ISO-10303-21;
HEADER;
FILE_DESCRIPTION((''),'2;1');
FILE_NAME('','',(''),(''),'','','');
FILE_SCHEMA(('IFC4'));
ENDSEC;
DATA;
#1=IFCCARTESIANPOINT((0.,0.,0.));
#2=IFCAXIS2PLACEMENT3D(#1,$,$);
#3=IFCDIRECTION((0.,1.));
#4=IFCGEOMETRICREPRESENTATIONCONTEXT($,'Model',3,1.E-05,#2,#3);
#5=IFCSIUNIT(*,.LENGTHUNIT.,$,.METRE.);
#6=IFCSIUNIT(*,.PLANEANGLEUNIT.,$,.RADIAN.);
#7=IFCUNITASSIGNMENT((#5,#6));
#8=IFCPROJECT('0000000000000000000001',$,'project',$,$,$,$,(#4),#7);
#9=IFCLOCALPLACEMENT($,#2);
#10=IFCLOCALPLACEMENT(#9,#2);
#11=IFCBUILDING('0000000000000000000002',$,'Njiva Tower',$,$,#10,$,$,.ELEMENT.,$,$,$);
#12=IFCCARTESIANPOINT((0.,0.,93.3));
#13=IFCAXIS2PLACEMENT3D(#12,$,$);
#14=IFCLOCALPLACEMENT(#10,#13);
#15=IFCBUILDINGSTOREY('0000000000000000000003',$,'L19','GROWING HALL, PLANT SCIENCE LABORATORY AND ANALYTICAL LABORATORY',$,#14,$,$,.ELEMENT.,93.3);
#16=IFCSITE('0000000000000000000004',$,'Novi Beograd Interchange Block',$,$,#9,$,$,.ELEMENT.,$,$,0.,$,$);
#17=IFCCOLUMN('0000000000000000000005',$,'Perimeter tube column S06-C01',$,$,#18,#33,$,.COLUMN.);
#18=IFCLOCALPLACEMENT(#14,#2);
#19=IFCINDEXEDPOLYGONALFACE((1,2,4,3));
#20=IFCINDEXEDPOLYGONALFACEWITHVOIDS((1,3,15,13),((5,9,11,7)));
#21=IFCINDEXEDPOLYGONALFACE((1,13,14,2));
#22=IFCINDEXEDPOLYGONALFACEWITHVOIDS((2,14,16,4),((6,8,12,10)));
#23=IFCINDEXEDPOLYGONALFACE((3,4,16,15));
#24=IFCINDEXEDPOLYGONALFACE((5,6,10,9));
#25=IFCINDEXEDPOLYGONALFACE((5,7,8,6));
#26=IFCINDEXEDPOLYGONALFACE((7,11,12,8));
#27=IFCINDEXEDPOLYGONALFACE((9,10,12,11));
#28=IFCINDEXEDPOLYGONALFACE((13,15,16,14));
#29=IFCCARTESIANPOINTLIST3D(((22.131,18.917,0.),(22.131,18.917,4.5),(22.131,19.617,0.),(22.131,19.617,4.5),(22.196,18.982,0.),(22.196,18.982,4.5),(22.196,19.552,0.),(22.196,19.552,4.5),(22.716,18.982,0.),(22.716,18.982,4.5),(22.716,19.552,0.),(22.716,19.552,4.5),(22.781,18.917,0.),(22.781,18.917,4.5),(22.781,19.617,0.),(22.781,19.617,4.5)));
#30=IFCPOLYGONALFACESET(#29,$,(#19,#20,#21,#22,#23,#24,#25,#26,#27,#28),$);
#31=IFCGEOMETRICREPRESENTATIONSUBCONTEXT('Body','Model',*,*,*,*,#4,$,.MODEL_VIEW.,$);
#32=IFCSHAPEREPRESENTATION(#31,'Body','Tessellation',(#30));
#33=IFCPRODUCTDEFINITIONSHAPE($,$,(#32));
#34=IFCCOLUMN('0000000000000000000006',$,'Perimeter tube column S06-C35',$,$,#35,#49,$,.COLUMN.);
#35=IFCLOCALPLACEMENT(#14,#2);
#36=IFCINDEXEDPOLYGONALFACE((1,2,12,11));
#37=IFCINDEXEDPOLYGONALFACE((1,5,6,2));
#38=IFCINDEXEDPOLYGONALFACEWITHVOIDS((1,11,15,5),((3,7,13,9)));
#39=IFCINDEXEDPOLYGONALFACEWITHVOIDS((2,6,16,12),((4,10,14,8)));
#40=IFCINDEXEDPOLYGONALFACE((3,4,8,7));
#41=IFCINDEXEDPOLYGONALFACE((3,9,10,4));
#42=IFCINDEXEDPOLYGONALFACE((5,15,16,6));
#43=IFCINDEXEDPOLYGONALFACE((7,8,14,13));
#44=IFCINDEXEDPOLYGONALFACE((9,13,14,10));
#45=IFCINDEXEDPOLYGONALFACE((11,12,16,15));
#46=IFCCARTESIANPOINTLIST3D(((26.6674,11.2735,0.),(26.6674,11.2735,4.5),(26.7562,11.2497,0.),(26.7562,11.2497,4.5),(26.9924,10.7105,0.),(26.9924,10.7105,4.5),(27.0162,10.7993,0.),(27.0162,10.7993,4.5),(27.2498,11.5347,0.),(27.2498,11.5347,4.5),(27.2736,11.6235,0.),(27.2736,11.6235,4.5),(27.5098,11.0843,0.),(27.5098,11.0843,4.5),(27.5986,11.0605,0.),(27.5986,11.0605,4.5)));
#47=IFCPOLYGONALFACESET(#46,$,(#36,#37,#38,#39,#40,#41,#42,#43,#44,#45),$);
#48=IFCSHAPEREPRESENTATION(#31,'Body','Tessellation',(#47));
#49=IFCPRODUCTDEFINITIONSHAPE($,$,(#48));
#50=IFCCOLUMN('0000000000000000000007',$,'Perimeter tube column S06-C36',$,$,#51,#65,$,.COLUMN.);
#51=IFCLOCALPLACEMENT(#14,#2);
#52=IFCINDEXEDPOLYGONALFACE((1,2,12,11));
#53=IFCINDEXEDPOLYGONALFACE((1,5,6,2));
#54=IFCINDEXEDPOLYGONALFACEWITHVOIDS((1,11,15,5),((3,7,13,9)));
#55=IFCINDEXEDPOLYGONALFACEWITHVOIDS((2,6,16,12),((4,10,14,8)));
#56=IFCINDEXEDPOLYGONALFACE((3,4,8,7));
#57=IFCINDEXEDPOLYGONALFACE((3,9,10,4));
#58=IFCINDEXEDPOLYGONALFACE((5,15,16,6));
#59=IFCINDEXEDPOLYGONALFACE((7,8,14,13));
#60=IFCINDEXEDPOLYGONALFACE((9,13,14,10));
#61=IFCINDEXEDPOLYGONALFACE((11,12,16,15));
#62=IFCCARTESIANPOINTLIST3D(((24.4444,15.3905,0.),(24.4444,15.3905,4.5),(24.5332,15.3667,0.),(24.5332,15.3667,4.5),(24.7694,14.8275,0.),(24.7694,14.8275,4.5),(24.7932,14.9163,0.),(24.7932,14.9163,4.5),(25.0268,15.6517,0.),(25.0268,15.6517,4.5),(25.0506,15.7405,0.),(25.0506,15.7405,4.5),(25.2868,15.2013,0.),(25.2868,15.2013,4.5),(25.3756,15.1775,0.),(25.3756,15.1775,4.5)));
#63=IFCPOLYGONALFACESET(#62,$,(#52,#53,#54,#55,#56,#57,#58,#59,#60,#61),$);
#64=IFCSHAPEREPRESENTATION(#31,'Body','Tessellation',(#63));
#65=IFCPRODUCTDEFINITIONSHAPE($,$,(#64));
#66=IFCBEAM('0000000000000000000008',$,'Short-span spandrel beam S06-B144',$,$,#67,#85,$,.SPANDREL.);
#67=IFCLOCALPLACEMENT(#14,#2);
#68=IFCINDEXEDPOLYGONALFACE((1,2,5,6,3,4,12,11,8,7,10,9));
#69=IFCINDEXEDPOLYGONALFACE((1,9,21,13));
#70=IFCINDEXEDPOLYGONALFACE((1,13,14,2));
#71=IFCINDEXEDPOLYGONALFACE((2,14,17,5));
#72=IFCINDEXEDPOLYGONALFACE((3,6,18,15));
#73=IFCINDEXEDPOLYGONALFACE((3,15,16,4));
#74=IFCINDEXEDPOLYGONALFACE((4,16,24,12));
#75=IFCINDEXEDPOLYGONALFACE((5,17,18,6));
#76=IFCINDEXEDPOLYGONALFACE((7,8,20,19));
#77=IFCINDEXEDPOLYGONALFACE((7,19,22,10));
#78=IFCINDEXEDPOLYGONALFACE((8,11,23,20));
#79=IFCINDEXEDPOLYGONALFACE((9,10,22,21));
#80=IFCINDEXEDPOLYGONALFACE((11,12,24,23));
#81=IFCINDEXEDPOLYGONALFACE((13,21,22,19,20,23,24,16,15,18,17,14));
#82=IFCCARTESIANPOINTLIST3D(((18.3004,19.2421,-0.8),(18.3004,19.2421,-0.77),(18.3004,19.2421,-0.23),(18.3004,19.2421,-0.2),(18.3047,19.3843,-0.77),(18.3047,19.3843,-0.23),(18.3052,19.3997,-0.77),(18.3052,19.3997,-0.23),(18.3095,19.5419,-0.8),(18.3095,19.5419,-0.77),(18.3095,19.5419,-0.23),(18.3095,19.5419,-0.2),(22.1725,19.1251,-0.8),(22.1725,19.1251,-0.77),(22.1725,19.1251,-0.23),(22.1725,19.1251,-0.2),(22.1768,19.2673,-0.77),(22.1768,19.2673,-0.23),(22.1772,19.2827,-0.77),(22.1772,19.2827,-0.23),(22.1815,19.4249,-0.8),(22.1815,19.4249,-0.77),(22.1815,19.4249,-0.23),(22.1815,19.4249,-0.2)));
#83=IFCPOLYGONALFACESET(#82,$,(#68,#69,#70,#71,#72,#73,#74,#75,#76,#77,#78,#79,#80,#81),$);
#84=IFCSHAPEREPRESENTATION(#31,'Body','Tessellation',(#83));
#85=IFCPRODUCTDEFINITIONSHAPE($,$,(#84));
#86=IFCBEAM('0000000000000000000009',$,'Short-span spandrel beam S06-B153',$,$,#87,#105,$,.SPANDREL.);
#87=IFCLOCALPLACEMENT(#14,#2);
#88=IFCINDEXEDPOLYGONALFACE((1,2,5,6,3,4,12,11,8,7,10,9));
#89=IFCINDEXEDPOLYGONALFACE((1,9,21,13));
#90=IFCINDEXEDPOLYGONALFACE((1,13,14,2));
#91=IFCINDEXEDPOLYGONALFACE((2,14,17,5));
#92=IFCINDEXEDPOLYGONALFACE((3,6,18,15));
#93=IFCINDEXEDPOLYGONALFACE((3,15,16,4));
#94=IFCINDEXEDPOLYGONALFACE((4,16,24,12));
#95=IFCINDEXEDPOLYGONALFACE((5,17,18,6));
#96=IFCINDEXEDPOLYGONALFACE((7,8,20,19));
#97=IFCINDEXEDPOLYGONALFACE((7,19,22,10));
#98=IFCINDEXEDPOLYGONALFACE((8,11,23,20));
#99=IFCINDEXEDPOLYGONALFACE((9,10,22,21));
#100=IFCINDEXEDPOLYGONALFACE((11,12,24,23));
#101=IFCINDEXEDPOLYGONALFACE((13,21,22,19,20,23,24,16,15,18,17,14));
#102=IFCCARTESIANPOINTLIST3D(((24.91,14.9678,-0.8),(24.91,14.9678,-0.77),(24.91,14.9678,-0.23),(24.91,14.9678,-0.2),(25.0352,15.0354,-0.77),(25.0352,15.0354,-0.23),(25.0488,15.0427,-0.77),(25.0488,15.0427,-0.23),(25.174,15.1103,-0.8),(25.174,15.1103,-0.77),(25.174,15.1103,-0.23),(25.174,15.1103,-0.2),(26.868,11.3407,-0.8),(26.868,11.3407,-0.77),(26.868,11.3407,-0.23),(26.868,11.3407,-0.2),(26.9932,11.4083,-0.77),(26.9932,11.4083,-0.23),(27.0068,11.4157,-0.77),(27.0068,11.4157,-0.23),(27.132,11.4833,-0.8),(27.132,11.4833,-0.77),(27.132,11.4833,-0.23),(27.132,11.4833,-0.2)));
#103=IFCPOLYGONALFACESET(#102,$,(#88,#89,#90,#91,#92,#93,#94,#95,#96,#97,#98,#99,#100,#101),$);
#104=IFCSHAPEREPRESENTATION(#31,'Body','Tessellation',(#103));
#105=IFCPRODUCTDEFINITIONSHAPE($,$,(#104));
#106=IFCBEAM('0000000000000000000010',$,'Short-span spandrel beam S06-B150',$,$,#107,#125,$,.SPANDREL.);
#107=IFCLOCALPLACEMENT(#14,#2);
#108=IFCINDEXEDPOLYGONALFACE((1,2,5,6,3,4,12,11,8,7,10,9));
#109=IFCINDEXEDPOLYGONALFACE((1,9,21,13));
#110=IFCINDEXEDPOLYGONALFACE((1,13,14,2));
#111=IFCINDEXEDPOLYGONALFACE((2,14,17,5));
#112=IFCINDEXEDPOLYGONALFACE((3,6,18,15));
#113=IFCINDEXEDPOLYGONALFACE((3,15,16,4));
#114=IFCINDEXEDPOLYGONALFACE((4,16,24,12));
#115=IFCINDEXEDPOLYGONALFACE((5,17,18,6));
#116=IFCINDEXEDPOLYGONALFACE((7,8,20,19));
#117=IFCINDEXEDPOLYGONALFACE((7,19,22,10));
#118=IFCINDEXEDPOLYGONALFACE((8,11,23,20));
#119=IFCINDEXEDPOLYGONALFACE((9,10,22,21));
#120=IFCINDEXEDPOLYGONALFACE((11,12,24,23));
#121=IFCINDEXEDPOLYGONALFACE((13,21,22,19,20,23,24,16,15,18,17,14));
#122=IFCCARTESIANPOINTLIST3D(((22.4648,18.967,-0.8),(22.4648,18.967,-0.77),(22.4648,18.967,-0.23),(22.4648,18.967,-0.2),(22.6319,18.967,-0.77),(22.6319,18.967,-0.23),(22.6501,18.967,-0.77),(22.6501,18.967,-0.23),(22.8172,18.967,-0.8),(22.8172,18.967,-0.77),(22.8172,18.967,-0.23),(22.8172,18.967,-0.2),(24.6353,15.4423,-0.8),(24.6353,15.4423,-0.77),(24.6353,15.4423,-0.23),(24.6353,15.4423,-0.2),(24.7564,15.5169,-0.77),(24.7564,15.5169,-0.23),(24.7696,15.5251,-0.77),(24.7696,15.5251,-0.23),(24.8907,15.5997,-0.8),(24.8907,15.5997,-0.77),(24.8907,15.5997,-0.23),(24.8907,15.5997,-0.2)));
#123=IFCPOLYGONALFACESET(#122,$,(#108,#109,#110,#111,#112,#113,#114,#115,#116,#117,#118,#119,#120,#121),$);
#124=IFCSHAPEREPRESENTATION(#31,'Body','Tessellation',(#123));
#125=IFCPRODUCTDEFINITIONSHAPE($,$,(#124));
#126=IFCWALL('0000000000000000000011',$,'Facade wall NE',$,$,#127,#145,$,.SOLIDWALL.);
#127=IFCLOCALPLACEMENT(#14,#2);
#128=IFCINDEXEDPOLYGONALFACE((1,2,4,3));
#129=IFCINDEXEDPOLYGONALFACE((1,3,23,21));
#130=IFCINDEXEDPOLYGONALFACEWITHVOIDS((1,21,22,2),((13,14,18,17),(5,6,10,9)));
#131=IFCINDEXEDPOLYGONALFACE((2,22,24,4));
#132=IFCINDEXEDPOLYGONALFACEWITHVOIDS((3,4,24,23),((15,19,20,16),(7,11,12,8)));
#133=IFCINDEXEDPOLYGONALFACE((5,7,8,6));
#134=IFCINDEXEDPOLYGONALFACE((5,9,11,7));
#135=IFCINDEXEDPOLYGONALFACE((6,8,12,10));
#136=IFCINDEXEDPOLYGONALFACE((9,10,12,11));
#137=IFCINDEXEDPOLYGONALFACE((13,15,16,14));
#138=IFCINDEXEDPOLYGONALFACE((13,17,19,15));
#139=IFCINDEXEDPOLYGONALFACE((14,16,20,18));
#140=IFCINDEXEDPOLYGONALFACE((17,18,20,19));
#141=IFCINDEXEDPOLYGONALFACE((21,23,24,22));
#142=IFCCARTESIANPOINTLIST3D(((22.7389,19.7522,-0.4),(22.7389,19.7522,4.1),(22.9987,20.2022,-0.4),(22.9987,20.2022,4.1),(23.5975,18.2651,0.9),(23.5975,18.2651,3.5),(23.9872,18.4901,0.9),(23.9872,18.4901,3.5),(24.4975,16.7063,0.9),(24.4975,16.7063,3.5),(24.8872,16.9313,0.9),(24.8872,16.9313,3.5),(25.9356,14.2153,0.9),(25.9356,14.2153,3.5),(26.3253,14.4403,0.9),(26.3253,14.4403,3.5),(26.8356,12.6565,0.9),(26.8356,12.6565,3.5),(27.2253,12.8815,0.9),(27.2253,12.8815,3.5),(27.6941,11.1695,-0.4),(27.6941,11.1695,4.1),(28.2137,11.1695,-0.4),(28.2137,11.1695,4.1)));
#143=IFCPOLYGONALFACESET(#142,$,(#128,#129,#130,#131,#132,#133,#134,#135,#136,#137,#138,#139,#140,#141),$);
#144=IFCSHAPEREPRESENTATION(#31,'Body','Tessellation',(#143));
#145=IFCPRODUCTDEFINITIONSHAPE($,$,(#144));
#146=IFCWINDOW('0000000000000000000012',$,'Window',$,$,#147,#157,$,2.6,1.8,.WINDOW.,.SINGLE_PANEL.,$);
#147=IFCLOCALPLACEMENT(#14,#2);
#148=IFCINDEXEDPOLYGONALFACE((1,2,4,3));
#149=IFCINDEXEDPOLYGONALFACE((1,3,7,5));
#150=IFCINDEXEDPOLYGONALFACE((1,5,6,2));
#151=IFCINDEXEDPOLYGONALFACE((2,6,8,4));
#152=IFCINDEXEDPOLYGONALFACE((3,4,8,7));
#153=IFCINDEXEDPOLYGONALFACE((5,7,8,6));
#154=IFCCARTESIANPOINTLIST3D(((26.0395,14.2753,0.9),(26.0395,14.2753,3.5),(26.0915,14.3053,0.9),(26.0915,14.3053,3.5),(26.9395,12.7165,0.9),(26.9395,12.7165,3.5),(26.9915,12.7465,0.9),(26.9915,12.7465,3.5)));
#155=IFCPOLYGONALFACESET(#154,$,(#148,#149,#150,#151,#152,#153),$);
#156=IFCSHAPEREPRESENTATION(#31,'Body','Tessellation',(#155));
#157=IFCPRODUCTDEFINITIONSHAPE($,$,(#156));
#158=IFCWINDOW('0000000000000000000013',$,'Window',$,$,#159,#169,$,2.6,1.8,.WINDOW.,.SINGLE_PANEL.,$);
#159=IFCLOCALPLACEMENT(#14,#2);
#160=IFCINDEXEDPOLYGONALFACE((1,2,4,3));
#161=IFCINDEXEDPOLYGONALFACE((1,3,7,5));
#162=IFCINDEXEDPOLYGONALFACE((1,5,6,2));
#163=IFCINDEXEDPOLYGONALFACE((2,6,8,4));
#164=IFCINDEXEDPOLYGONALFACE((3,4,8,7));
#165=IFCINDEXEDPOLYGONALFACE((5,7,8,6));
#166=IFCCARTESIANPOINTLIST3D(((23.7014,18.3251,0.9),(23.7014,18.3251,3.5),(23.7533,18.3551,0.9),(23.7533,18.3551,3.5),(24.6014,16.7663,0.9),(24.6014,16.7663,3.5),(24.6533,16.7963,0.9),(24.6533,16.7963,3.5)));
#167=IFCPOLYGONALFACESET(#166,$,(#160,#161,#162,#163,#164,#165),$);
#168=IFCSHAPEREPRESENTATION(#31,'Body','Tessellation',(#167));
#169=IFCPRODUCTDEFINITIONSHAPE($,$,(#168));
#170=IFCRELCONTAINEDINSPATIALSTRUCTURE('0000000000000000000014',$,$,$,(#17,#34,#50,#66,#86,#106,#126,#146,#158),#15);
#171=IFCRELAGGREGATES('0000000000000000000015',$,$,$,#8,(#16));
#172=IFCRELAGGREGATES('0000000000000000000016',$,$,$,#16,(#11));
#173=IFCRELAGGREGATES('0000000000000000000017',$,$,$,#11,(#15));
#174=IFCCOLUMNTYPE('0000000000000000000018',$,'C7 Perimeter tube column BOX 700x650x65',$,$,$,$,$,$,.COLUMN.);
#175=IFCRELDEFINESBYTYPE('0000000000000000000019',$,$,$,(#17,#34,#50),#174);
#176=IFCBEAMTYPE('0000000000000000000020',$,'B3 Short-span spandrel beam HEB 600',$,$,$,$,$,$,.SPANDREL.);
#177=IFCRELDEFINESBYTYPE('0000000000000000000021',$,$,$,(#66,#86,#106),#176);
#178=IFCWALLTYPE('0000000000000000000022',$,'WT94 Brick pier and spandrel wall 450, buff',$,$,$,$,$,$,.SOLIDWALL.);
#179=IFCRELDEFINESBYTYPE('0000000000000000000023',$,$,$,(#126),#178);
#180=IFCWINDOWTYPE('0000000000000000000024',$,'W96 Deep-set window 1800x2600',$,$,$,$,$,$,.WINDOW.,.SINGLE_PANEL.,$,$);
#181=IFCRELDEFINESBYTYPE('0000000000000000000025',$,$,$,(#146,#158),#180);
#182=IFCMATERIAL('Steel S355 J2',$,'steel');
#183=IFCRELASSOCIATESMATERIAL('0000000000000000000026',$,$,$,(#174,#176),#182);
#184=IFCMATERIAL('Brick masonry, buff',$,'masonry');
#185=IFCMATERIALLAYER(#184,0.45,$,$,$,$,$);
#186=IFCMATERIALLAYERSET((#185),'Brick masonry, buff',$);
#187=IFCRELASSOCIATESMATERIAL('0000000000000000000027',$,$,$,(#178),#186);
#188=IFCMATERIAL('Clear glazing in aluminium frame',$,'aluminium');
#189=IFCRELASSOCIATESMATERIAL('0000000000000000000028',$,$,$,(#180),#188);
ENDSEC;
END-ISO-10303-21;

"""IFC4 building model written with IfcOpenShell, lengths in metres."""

from ifc_helpers import new_model, si_unit, direction, frame, frame_2d, origin, origin_2d, place, context, subcontext, project, spatial, polyline, rectangle, hollow_rectangle, i_section, outline, extrude, clip, halfspace, material, layer, layer_set, material_profile, profile_set, type_object, element, fill, save


model = new_model("IFC4")

# Units and contexts
model_context = context("Model", 3, precision=1e-05, world=origin(), true_north=direction((0.0, 1.0)))
body_context = subcontext(model_context, "Body", "Model", "MODEL_VIEW")
ifc_project = project(units=[si_unit("LENGTHUNIT", "METRE"), si_unit("PLANEANGLEUNIT", "RADIAN")], contexts=[model_context])

# Site, building, storey
site_placement = place(None, origin())
site = spatial("IfcSite", under=ifc_project, at=site_placement, Name="Novi Beograd Interchange Block", CompositionType="ELEMENT", RefElevation=0.0)
building_placement = place(site_placement, origin())
building = spatial("IfcBuilding", under=site, at=building_placement, Name="Njiva Tower", CompositionType="ELEMENT")
storey_placement = place(building_placement, frame((0.0, 0.0, 93.3)))
storey = spatial("IfcBuildingStorey", under=building, at=storey_placement, Name="L19", Description="GROWING HALL, PLANT SCIENCE LABORATORY AND ANALYTICAL LABORATORY", CompositionType="ELEMENT", Elevation=93.3)

# Columns
ifc_material_1 = material(Name="Steel S355 J2", Category="steel")
ifc_material_profile_1 = material_profile(ifc_material_1, hollow_rectangle(XDim=0.65, YDim=0.7, WallThickness=0.065, at=origin_2d()), Name="BOX 700x650x65")
ifc_profile_set_1 = profile_set([ifc_material_profile_1], Name="Steel S355 J2")
column_type = type_object("IfcColumnType", Name="C7 Perimeter tube column BOX 700x650x65", PredefinedType="COLUMN", material=ifc_profile_set_1)
for number, where, z_axis, x_axis, name in (
    (1, (22.456, 19.267, 0.0), (0.0, 0.0, 1.0), (-1.0, 0.0, 0.0), "Perimeter tube column S06-C01"),
    (2, (27.133, 11.167, 0.0), (0.0, 0.0, 1.0), (-0.5, 0.866025, 0.0), "Perimeter tube column S06-C35"),
    (3, (24.91, 15.284, 0.0), (0.0, 0.0, 1.0), (-0.5, 0.866025, 0.0), "Perimeter tube column S06-C36"),
):
    element("IfcColumn", number, at=place(storey_placement, frame(where, z_axis=z_axis, x_axis=x_axis)), inside=storey, type_object=column_type, Name=name, PredefinedType="COLUMN", context=body_context, shape_type="SweptSolid", body=[
        extrude(hollow_rectangle(XDim=0.65, YDim=0.7, WallThickness=0.065, at=origin_2d()), origin(), (0.0, 0.0, 1.0), 4.5),
    ])

# Beams
ifc_material_profile_2 = material_profile(ifc_material_1, i_section(OverallWidth=0.3, OverallDepth=0.6, WebThickness=0.0155, FlangeThickness=0.03, at=origin_2d()), Name="HEB 600")
ifc_profile_set_2 = profile_set([ifc_material_profile_2], Name="Steel S355 J2")
beam_type = type_object("IfcBeamType", Name="B3 Short-span spandrel beam HEB 600", PredefinedType="SPANDREL", material=ifc_profile_set_2)
beam_1_placement = place(storey_placement, frame((22.177, 19.275, -0.5), z_axis=(-0.999544, 0.030203, 0.0), x_axis=(-0.030203, -0.999544, 0.0)))
element("IfcBeam", 4, at=beam_1_placement, inside=storey, type_object=beam_type, Name="Short-span spandrel beam S06-B144", PredefinedType="SPANDREL", context=body_context, shape_type="SweptSolid", body=[
    extrude(i_section(OverallWidth=0.3, OverallDepth=0.6, WebThickness=0.0155, FlangeThickness=0.03, at=origin_2d()), origin(), (0.0, 0.0, 1.0), 3.8738),
])
beam_2_placement = place(storey_placement, frame((27.0, 11.412, -0.5), z_axis=(-0.47504, 0.879964, 0.0), x_axis=(-0.879964, -0.47504, 0.0)))
element("IfcBeam", 5, at=beam_2_placement, inside=storey, type_object=beam_type, Name="Short-span spandrel beam S06-B153", PredefinedType="SPANDREL", context=body_context, shape_type="SweptSolid", body=[
    extrude(i_section(OverallWidth=0.3, OverallDepth=0.6, WebThickness=0.0155, FlangeThickness=0.03, at=origin_2d()), origin(), (0.0, 0.0, 1.0), 4.1218),
])
beam_3_placement = place(storey_placement, frame((24.763, 15.521, -0.5), z_axis=(-0.524346, 0.851506, 0.0), x_axis=(-0.851506, -0.524346, 0.0)))
element("IfcBeam", 6, at=beam_3_placement, inside=storey, type_object=beam_type, Name="Short-span spandrel beam S06-B150", PredefinedType="SPANDREL", context=body_context, shape_type="Clipping", body=[
    clip(extrude(i_section(OverallWidth=0.3, OverallDepth=0.6, WebThickness=0.0155, FlangeThickness=0.03, at=origin_2d()), origin(), (0.0, 0.0, 1.0), 4.1589), halfspace(frame((-0.0262, 0.0, 4.0308), z_axis=(-0.524346, 0.0, 0.851506), x_axis=(0.0, 1.0, 0.0)), False)),
])

# Wall, openings, windows
ifc_material_2 = material(Name="Clear glazing in aluminium frame", Category="aluminium")
ifc_material_3 = material(Name="Brick masonry, buff", Category="masonry")
ifc_layer_1 = layer(ifc_material_3, 0.45)
ifc_layer_set_1 = layer_set([ifc_layer_1], Name="Brick masonry, buff")
wall_type_1 = type_object("IfcWallType", Name="WT94 Brick pier and spandrel wall 450, buff", PredefinedType="SOLIDWALL", material=ifc_layer_set_1)
wall_1_placement = place(storey_placement, frame((27.9539, 11.1695, -0.4), z_axis=(0.0, 0.0, 1.0), x_axis=(-0.499998, 0.866027, 0.0)))
wall_1 = element("IfcWall", 7, at=wall_1_placement, inside=storey, type_object=wall_type_1, Name="Facade wall NE", PredefinedType="SOLIDWALL", context=body_context, shape_type="SweptSolid", body=[
    extrude(outline(polyline([(-0.1299, -0.225), (10.3001, -0.225), (10.0403, 0.225), (0.1299, 0.225), (-0.1299, -0.225)])), origin(), (0.0, 0.0, 1.0), 4.5),
])
opening_1_placement = place(wall_1_placement, frame((1.8469, 0.0, 1.3)))
opening_1 = element("IfcOpeningElement", 8, at=opening_1_placement, cuts=wall_1, PredefinedType="OPENING", context=body_context, shape_type="SweptSolid", body=[
    extrude(rectangle(XDim=1.8, YDim=2.6, at=frame_2d((0.9, 1.3))), frame((0.0, 0.235, 0.0), z_axis=(0.0, -1.0, 0.0), x_axis=(1.0, 0.0, 0.0)), (0.0, 0.0, 1.0), 0.47),
])
opening_2_placement = place(wall_1_placement, frame((6.5232, 0.0, 1.3)))
opening_2 = element("IfcOpeningElement", 9, at=opening_2_placement, cuts=wall_1, PredefinedType="OPENING", context=body_context, shape_type="SweptSolid", body=[
    extrude(rectangle(XDim=1.8, YDim=2.6, at=frame_2d((0.9, 1.3))), frame((0.0, 0.235, 0.0), z_axis=(0.0, -1.0, 0.0), x_axis=(1.0, 0.0, 0.0)), (0.0, 0.0, 1.0), 0.47),
])
window_type_1 = type_object("IfcWindowType", Name="W96 Deep-set window 1800x2600", PartitioningType="SINGLE_PANEL", PredefinedType="WINDOW", material=ifc_material_2)
window_1_placement = place(opening_1_placement, origin())
window_1 = element("IfcWindow", 10, at=window_1_placement, inside=storey, type_object=window_type_1, Name="Window", OverallHeight=2.6, OverallWidth=1.8, PartitioningType="SINGLE_PANEL", PredefinedType="WINDOW", context=body_context, shape_type="SweptSolid", body=[
    extrude(rectangle(XDim=1.8, YDim=2.6, at=frame_2d((0.9, 1.3))), frame((0.0, 0.105, 0.0), z_axis=(0.0, -1.0, 0.0), x_axis=(1.0, 0.0, 0.0)), (0.0, 0.0, 1.0), 0.06),
])
fill(opening_1, window_1)
window_2_placement = place(opening_2_placement, origin())
window_2 = element("IfcWindow", 11, at=window_2_placement, inside=storey, type_object=window_type_1, Name="Window", OverallHeight=2.6, OverallWidth=1.8, PartitioningType="SINGLE_PANEL", PredefinedType="WINDOW", context=body_context, shape_type="SweptSolid", body=[
    extrude(rectangle(XDim=1.8, YDim=2.6, at=frame_2d((0.9, 1.3))), frame((0.0, 0.105, 0.0), z_axis=(0.0, -1.0, 0.0), x_axis=(1.0, 0.0, 0.0)), (0.0, 0.0, 1.0), 0.06),
])
fill(opening_2, window_2)

save(model, "model.ifc")
